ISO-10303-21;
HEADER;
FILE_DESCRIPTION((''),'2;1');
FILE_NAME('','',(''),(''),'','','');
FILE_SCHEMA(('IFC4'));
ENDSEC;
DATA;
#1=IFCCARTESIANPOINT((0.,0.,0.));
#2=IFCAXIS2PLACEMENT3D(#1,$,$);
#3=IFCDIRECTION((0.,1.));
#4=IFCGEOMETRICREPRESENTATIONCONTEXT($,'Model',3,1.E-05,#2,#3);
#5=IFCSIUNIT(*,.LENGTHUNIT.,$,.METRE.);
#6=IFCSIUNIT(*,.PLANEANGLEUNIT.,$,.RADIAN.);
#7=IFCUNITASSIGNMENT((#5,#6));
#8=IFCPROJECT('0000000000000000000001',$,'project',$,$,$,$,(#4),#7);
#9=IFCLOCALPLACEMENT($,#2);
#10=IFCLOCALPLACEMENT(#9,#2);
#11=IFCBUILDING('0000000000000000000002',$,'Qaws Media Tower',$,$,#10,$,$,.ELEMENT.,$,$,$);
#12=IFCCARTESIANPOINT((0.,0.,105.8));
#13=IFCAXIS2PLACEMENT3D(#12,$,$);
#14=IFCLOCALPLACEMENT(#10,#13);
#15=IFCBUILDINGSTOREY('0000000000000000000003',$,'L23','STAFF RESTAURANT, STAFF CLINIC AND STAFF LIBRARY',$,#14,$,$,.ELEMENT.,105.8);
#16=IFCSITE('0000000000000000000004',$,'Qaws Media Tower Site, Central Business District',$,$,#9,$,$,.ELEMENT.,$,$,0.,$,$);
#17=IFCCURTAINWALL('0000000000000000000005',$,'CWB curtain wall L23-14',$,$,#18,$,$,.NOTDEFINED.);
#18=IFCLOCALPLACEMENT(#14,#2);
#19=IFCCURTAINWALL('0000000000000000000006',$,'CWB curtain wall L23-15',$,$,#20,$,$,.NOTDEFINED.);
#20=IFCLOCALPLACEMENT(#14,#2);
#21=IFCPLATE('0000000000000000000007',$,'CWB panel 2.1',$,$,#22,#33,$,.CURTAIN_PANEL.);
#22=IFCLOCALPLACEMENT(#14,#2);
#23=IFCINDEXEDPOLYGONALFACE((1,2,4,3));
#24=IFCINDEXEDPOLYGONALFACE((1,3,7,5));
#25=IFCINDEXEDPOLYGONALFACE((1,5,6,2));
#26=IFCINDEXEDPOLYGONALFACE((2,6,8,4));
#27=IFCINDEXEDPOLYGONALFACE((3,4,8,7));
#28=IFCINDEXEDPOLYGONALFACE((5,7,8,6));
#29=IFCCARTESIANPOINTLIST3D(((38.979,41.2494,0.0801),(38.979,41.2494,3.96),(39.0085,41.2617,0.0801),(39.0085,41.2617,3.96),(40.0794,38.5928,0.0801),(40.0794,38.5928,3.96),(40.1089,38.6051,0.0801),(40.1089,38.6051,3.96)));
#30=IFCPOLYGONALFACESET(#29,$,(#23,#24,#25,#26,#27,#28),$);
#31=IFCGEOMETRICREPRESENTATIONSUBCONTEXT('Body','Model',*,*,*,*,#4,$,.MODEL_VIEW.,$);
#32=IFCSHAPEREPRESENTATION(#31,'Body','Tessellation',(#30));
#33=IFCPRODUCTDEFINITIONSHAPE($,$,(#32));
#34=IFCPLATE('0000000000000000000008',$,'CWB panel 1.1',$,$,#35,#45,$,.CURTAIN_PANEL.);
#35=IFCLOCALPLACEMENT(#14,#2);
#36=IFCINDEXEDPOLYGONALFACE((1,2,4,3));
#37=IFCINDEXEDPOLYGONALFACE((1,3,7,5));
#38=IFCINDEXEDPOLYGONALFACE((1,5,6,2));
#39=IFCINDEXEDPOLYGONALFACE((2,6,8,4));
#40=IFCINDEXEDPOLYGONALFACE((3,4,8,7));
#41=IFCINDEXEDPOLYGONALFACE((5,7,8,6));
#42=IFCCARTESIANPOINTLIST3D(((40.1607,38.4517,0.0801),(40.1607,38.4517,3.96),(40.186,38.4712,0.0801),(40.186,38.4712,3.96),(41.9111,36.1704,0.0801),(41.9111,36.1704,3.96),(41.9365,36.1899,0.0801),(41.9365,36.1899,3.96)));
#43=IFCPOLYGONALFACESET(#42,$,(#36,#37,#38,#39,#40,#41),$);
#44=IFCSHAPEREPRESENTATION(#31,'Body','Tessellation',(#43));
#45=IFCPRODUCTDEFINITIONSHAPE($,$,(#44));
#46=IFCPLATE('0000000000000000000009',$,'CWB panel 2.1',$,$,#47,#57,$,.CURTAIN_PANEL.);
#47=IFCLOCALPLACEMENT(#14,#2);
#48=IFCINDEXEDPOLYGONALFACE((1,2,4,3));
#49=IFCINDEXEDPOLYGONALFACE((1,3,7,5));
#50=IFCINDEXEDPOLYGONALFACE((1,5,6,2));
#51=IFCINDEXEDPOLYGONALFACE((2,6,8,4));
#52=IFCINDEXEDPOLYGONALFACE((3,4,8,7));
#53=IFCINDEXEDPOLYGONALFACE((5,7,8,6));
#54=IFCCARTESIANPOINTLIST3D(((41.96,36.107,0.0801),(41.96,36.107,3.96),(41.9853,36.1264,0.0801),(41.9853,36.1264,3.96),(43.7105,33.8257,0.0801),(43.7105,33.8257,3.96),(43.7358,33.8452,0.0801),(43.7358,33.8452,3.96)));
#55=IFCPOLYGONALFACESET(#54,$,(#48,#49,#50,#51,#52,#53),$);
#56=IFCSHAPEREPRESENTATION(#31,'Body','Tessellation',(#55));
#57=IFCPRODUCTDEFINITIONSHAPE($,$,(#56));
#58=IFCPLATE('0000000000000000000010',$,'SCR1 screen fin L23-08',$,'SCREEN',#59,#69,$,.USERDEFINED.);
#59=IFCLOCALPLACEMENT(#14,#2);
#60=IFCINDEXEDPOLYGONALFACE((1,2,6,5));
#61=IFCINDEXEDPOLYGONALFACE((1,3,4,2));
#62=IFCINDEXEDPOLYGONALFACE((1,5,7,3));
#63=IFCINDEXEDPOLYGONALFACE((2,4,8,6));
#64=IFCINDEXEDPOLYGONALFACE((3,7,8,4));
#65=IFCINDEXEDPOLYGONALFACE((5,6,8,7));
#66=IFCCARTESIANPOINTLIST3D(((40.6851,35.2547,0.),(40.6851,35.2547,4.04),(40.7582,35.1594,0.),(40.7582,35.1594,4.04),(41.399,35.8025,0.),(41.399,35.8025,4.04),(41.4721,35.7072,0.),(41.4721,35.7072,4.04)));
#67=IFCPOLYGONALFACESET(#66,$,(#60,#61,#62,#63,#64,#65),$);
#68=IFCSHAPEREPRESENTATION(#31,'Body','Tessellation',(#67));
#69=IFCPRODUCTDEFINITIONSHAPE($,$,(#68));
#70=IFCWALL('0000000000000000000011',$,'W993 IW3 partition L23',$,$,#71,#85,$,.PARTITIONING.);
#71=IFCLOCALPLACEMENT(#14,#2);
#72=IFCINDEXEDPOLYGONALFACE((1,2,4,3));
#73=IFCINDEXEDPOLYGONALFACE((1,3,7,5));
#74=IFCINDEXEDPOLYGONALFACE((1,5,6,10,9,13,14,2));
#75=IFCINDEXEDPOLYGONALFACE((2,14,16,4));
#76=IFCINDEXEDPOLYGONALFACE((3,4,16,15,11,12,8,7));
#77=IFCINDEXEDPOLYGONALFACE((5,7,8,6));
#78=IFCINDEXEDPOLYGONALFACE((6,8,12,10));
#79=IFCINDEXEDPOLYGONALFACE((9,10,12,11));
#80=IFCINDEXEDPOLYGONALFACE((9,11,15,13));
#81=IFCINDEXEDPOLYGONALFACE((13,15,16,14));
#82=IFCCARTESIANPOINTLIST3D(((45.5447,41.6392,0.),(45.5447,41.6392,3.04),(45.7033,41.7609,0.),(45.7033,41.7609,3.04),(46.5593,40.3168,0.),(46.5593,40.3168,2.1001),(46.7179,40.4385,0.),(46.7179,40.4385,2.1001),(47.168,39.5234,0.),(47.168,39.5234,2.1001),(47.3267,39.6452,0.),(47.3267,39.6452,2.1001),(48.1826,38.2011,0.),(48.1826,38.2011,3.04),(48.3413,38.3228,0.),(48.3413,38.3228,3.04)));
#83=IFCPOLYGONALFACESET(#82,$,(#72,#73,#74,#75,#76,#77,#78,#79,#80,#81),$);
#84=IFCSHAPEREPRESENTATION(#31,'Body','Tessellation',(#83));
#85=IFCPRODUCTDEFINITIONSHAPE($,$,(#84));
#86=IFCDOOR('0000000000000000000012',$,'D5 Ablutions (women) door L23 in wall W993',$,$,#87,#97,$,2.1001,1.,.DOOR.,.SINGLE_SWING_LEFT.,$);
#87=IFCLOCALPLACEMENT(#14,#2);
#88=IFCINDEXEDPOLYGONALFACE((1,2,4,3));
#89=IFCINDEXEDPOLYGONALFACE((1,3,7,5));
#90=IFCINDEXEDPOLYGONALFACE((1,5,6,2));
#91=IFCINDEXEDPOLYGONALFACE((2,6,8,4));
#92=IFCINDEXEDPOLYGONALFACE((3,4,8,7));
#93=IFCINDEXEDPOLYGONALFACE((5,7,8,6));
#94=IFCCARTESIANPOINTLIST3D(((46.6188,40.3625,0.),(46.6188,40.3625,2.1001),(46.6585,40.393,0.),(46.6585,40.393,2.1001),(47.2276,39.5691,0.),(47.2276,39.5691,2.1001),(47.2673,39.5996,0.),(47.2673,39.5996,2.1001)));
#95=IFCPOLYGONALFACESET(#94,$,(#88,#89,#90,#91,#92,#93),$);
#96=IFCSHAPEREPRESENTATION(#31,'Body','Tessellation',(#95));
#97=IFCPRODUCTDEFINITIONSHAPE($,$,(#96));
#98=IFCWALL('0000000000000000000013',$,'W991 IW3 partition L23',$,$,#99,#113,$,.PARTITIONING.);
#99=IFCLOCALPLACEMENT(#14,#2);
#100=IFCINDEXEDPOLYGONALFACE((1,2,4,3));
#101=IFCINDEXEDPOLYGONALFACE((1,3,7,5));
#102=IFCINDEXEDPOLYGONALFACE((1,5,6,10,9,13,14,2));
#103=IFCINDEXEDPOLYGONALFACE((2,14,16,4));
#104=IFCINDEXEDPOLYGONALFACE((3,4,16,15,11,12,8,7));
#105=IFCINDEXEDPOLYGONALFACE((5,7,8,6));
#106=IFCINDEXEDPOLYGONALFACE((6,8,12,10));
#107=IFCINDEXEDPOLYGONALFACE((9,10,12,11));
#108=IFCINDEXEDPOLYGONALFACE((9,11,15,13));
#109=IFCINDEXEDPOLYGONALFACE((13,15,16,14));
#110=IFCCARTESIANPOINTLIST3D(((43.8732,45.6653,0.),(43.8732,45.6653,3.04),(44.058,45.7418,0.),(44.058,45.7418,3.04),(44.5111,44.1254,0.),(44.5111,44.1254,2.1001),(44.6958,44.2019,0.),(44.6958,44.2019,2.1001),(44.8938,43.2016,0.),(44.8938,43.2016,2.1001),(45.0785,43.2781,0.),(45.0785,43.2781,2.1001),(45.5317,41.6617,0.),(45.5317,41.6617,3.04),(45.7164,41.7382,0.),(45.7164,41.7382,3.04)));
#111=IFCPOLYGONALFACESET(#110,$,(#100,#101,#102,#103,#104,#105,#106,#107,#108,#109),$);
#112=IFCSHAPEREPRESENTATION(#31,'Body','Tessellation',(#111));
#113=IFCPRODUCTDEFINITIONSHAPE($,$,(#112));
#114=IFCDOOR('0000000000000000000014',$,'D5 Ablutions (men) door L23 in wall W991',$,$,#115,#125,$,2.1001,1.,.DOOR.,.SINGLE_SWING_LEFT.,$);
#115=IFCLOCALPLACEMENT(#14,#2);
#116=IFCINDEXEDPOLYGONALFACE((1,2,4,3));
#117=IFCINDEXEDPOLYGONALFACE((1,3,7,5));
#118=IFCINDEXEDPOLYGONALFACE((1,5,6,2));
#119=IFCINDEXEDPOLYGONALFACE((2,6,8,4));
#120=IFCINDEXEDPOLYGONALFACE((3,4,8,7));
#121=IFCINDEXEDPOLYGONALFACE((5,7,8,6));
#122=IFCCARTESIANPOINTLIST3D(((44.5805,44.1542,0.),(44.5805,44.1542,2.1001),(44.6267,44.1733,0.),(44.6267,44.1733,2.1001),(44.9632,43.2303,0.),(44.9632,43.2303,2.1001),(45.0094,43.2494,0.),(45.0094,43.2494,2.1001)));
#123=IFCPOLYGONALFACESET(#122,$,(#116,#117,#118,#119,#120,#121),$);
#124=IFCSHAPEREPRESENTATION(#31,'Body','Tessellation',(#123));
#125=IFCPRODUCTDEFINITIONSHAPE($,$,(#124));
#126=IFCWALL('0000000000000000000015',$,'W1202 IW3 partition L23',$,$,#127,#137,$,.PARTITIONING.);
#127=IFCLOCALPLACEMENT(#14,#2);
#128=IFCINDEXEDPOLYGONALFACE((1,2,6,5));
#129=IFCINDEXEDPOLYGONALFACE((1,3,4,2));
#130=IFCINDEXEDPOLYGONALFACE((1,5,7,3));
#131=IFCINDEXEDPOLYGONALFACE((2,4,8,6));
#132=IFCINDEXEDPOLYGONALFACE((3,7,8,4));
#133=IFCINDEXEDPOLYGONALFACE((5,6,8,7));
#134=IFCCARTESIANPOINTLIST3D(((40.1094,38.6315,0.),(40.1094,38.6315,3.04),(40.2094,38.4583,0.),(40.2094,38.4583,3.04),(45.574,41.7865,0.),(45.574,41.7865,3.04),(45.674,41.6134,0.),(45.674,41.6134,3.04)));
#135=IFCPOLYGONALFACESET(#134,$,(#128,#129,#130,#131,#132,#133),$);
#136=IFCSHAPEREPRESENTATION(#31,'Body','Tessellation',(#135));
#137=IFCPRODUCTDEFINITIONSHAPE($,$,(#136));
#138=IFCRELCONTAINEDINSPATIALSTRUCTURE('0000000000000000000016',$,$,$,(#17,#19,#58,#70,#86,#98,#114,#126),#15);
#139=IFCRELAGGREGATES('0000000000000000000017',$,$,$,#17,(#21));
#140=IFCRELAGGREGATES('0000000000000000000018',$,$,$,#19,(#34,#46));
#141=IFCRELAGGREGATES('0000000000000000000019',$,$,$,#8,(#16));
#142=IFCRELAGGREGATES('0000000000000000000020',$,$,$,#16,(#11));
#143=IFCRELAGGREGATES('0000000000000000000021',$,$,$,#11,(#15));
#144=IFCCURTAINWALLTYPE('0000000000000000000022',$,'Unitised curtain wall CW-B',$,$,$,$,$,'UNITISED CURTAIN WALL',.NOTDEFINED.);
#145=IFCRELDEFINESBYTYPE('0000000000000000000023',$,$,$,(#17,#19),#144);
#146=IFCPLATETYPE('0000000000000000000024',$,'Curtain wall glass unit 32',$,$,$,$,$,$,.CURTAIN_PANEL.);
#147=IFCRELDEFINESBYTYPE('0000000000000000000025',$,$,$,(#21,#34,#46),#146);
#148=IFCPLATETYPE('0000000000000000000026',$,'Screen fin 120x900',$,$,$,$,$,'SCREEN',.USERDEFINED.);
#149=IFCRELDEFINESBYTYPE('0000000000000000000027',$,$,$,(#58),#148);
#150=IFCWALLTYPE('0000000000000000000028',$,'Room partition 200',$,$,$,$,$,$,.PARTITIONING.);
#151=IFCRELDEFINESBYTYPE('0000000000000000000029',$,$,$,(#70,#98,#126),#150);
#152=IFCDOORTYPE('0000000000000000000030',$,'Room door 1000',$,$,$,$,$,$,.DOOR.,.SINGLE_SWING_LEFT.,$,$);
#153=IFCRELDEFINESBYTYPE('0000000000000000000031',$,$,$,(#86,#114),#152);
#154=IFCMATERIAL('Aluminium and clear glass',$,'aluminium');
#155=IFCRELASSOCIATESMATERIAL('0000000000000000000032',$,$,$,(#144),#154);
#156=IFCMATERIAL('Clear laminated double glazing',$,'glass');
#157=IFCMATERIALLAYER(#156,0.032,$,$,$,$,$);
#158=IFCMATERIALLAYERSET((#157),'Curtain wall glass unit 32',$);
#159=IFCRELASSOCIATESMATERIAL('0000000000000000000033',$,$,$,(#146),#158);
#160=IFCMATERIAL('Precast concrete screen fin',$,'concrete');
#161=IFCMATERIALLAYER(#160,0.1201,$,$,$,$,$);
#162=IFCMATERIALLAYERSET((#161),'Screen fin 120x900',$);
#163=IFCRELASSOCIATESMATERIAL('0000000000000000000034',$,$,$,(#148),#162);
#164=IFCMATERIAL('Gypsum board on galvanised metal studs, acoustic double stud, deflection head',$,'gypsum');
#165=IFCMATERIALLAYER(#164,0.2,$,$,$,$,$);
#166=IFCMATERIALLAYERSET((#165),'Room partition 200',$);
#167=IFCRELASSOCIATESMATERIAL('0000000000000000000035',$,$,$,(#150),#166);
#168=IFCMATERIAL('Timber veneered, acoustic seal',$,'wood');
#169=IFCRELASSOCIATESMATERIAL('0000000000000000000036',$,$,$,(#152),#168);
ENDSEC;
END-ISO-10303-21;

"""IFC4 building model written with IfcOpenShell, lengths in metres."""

from ifc_helpers import new_model, si_unit, direction, frame, frame_2d, origin, origin_2d, place, context, subcontext, project, spatial, rectangle, extrude, material, layer, layer_set, type_object, element, fill, aggregate, save


model = new_model("IFC4")

# Units and contexts
model_context = context("Model", 3, precision=1e-05, world=origin(), true_north=direction((0.0, 1.0)))
body_context = subcontext(model_context, "Body", "Model", "MODEL_VIEW")
ifc_project = project(units=[si_unit("LENGTHUNIT", "METRE"), si_unit("PLANEANGLEUNIT", "RADIAN")], contexts=[model_context])

# Site, building, storey
site_placement = place(None, origin())
site = spatial("IfcSite", under=ifc_project, at=site_placement, Name="Qaws Media Tower Site, Central Business District", CompositionType="ELEMENT", RefElevation=0.0)
building_placement = place(site_placement, origin())
building = spatial("IfcBuilding", under=site, at=building_placement, Name="Qaws Media Tower", CompositionType="ELEMENT")
storey_placement = place(building_placement, frame((0.0, 0.0, 105.8)))
storey = spatial("IfcBuildingStorey", under=building, at=storey_placement, Name="L23", Description="STAFF RESTAURANT, STAFF CLINIC AND STAFF LIBRARY", CompositionType="ELEMENT", Elevation=105.8)

# Curtain walls
ifc_material_1 = material(Name="Aluminium and clear glass", Category="aluminium")
curtain_wall_type = type_object("IfcCurtainWallType", Name="Unitised curtain wall CW-B", ElementType="UNITISED CURTAIN WALL", PredefinedType="NOTDEFINED", material=ifc_material_1)
curtain_wall_1_placement = place(storey_placement, origin())
curtain_wall_1 = element("IfcCurtainWall", 1, at=curtain_wall_1_placement, inside=storey, type_object=curtain_wall_type, Name="CWB curtain wall L23-14", PredefinedType="NOTDEFINED")
curtain_wall_2_placement = place(storey_placement, origin())
curtain_wall_2 = element("IfcCurtainWall", 2, at=curtain_wall_2_placement, inside=storey, type_object=curtain_wall_type, Name="CWB curtain wall L23-15", PredefinedType="NOTDEFINED")

# Plates
ifc_material_2 = material(Name="Clear laminated double glazing", Category="glass")
ifc_layer_1 = layer(ifc_material_2, 0.032)
ifc_layer_set_1 = layer_set([ifc_layer_1], Name="Curtain wall glass unit 32")
plate_type_1 = type_object("IfcPlateType", Name="Curtain wall glass unit 32", PredefinedType="CURTAIN_PANEL", material=ifc_layer_set_1)
plate_1_placement = place(storey_placement, frame((39.5439, 39.9272, 0.0801), z_axis=(0.0, 0.0, 1.0), x_axis=(0.382683, -0.92388, 0.0)))
plate_1 = element("IfcPlate", 3, at=plate_1_placement, type_object=plate_type_1, Name="CWB panel 2.1", PredefinedType="CURTAIN_PANEL", context=body_context, shape_type="SweptSolid", body=[
    extrude(rectangle(XDim=2.8755, YDim=0.032, at=origin_2d()), origin(), (0.0, 0.0, 1.0), 3.8799),
])
aggregate(curtain_wall_1, [plate_1])
plate_2_placement = place(storey_placement, frame((41.0486, 37.3208, 0.0801), z_axis=(0.0, 0.0, 1.0), x_axis=(0.608761, -0.793353, 0.0)))
plate_2 = element("IfcPlate", 4, at=plate_2_placement, type_object=plate_type_1, Name="CWB panel 1.1", PredefinedType="CURTAIN_PANEL", context=body_context, shape_type="SweptSolid", body=[
    extrude(rectangle(XDim=2.8755, YDim=0.032, at=origin_2d()), origin(), (0.0, 0.0, 1.0), 3.8799),
])
plate_3_placement = place(storey_placement, frame((42.8479, 34.9761, 0.0801), z_axis=(0.0, 0.0, 1.0), x_axis=(0.608761, -0.793353, 0.0)))
plate_3 = element("IfcPlate", 5, at=plate_3_placement, type_object=plate_type_1, Name="CWB panel 2.1", PredefinedType="CURTAIN_PANEL", context=body_context, shape_type="SweptSolid", body=[
    extrude(rectangle(XDim=2.8755, YDim=0.032, at=origin_2d()), origin(), (0.0, 0.0, 1.0), 3.8799),
])
aggregate(curtain_wall_2, [plate_2, plate_3])
ifc_material_3 = material(Name="Precast concrete screen fin", Category="concrete")
ifc_layer_2 = layer(ifc_material_3, 0.1201)
ifc_layer_set_2 = layer_set([ifc_layer_2], Name="Screen fin 120x900")
plate_type_2 = type_object("IfcPlateType", Name="Screen fin 120x900", ElementType="SCREEN", PredefinedType="USERDEFINED", material=ifc_layer_set_2)
plate_4_placement = place(storey_placement, frame((41.0786, 35.481, 0.0), z_axis=(0.0, 0.0, 1.0), x_axis=(-0.793353, -0.608761, 0.0)))
element("IfcPlate", 6, at=plate_4_placement, inside=storey, type_object=plate_type_2, Name="SCR1 screen fin L23-08", ObjectType="SCREEN", PredefinedType="USERDEFINED", context=body_context, shape_type="SweptSolid", body=[
    extrude(rectangle(XDim=0.8999, YDim=0.1201, at=origin_2d()), origin(), (0.0, 0.0, 1.0), 4.04),
])

# Walls, openings, doors
ifc_material_4 = material(Name="Gypsum board on galvanised metal studs, acoustic double stud, deflection head", Category="gypsum")
ifc_layer_3 = layer(ifc_material_4, 0.2)
ifc_layer_set_3 = layer_set([ifc_layer_3], Name="Room partition 200")
wall_type = type_object("IfcWallType", Name="Room partition 200", PredefinedType="PARTITIONING", material=ifc_layer_set_3)
wall_1_placement = place(storey_placement, frame((48.262, 38.262, 0.0), z_axis=(0.0, 0.0, 1.0), x_axis=(-0.608744, 0.793367, 0.0)))
wall_1 = element("IfcWall", 7, at=wall_1_placement, inside=storey, type_object=wall_type, Name="W993 IW3 partition L23", PredefinedType="PARTITIONING", context=body_context, shape_type="SweptSolid", body=[
    extrude(rectangle(XDim=4.3335, YDim=0.2, at=frame_2d((2.1667, 0.0))), origin(), (0.0, 0.0, 1.0), 3.04),
])
opening_1_placement = place(wall_1_placement, frame((1.6667, 0.0, 0.0)))
opening_1 = element("IfcOpeningElement", 8, at=opening_1_placement, cuts=wall_1, PredefinedType="OPENING", context=body_context, shape_type="SweptSolid", body=[
    extrude(rectangle(XDim=1.0, YDim=2.1001, at=frame_2d((0.5, 1.05))), frame((0.0, 0.1099, 0.0), z_axis=(0.0, -1.0, 0.0), x_axis=(1.0, 0.0, 0.0)), (0.0, 0.0, 1.0), 0.22),
])
ifc_material_5 = material(Name="Timber veneered, acoustic seal", Category="wood")
door_type = type_object("IfcDoorType", Name="Room door 1000", OperationType="SINGLE_SWING_LEFT", PredefinedType="DOOR", material=ifc_material_5)
door_1_placement = place(opening_1_placement, origin())
door_1 = element("IfcDoor", 9, at=door_1_placement, inside=storey, type_object=door_type, Name="D5 Ablutions (women) door L23 in wall W993", OperationType="SINGLE_SWING_LEFT", OverallHeight=2.1001, OverallWidth=1.0, PredefinedType="DOOR", context=body_context, shape_type="SweptSolid", body=[
    extrude(rectangle(XDim=1.0, YDim=2.1001, at=frame_2d((0.5, 1.05))), frame((0.0, 0.0249, 0.0), z_axis=(0.0, -1.0, 0.0), x_axis=(1.0, 0.0, 0.0)), (0.0, 0.0, 1.0), 0.05),
])
fill(opening_1, door_1)
wall_2_placement = place(storey_placement, frame((45.624, 41.7, 0.0), z_axis=(0.0, 0.0, 1.0), x_axis=(-0.382698, 0.923873, 0.0)))
wall_2 = element("IfcWall", 10, at=wall_2_placement, inside=storey, type_object=wall_type, Name="W991 IW3 partition L23", PredefinedType="PARTITIONING", context=body_context, shape_type="SweptSolid", body=[
    extrude(rectangle(XDim=4.3335, YDim=0.2, at=frame_2d((2.1667, 0.0))), origin(), (0.0, 0.0, 1.0), 3.04),
])
opening_2_placement = place(wall_2_placement, frame((1.6667, 0.0, 0.0)))
opening_2 = element("IfcOpeningElement", 11, at=opening_2_placement, cuts=wall_2, PredefinedType="OPENING", context=body_context, shape_type="SweptSolid", body=[
    extrude(rectangle(XDim=1.0, YDim=2.1001, at=frame_2d((0.5, 1.05))), frame((0.0, 0.1099, 0.0), z_axis=(0.0, -1.0, 0.0), x_axis=(1.0, 0.0, 0.0)), (0.0, 0.0, 1.0), 0.22),
])
door_2_placement = place(opening_2_placement, origin())
door_2 = element("IfcDoor", 12, at=door_2_placement, inside=storey, type_object=door_type, Name="D5 Ablutions (men) door L23 in wall W991", OperationType="SINGLE_SWING_LEFT", OverallHeight=2.1001, OverallWidth=1.0, PredefinedType="DOOR", context=body_context, shape_type="SweptSolid", body=[
    extrude(rectangle(XDim=1.0, YDim=2.1001, at=frame_2d((0.5, 1.05))), frame((0.0, 0.0249, 0.0), z_axis=(0.0, -1.0, 0.0), x_axis=(1.0, 0.0, 0.0)), (0.0, 0.0, 1.0), 0.05),
])
fill(opening_2, door_2)

# Wall
wall_3_placement = place(storey_placement, frame((45.624, 41.7, 0.0), z_axis=(0.0, 0.0, 1.0), x_axis=(-0.866023, -0.500005, 0.0)))
element("IfcWall", 13, at=wall_3_placement, inside=storey, type_object=wall_type, Name="W1202 IW3 partition L23", PredefinedType="PARTITIONING", context=body_context, shape_type="SweptSolid", body=[
    extrude(rectangle(XDim=6.3101, YDim=0.2, at=frame_2d((3.155, 0.0))), origin(), (0.0, 0.0, 1.0), 3.04),
])

save(model, "model.ifc")
